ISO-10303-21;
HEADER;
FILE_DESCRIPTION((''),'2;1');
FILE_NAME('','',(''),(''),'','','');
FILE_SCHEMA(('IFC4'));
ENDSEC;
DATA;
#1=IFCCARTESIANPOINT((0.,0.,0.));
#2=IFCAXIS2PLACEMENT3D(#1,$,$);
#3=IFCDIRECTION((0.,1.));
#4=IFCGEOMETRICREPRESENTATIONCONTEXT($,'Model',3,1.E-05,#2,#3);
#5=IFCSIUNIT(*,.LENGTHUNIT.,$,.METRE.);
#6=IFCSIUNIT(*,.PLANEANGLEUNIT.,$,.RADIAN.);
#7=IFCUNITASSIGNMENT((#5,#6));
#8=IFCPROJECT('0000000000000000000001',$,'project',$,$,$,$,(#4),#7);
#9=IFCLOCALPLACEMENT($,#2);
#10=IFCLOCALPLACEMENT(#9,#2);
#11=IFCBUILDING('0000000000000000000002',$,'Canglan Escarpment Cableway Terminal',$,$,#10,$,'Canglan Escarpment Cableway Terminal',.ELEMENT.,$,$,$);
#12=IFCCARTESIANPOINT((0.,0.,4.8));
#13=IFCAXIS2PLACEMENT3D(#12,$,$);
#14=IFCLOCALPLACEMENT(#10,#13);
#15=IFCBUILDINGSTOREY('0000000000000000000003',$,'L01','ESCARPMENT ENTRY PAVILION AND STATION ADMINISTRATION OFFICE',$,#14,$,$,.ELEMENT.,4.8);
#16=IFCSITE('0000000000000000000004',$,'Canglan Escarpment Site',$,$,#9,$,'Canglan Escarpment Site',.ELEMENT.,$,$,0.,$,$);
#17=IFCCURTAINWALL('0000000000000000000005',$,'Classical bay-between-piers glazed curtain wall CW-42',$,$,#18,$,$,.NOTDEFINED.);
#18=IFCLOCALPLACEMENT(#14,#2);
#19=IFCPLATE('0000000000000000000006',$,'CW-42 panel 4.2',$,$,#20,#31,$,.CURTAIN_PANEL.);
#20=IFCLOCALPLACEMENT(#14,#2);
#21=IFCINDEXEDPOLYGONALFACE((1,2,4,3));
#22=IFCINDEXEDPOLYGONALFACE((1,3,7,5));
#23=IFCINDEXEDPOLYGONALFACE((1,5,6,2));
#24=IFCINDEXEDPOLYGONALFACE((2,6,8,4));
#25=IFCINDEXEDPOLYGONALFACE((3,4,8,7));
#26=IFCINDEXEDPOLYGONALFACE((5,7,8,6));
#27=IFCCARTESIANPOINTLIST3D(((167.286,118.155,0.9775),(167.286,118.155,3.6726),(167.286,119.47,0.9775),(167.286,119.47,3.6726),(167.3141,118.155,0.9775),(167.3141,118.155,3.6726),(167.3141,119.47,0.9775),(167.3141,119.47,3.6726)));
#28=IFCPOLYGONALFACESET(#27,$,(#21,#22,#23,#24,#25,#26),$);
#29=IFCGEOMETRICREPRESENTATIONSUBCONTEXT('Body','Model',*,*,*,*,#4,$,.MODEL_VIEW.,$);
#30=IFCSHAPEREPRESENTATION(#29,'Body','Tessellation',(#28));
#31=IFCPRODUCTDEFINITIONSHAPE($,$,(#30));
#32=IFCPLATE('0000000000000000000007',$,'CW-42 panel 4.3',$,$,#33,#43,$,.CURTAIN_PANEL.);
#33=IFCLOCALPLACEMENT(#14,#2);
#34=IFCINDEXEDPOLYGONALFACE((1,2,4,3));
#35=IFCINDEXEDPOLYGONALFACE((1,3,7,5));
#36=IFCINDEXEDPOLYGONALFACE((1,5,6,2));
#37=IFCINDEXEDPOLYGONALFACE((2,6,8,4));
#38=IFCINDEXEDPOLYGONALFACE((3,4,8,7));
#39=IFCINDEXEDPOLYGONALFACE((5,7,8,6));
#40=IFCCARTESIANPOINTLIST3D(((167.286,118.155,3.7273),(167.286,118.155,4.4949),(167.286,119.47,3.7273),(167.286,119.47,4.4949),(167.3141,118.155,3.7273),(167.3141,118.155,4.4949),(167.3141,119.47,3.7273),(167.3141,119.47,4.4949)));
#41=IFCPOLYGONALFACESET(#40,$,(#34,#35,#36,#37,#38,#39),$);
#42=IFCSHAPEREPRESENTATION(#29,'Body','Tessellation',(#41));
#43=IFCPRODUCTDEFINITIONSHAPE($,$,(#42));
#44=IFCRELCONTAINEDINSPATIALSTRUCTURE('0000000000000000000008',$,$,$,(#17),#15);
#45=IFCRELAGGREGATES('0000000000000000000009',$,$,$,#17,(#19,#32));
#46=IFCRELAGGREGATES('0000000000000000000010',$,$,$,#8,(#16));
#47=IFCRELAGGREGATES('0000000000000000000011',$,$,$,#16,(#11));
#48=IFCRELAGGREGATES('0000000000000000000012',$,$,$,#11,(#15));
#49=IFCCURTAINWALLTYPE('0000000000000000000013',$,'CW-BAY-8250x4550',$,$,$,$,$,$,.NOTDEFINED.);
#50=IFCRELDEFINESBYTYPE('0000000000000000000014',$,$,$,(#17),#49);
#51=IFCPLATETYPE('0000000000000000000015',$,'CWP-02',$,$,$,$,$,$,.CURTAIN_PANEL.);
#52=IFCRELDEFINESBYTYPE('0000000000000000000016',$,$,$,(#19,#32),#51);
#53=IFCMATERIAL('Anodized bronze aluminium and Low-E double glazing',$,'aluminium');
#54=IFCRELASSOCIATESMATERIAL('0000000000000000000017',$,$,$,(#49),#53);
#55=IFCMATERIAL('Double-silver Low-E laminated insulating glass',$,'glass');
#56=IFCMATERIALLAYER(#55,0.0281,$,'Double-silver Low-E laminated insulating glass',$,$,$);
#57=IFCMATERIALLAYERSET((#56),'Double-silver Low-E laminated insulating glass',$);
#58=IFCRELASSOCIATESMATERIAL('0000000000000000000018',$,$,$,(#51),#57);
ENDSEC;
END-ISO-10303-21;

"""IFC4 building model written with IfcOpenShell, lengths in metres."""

from ifc_helpers import new_model, si_unit, direction, frame, origin, origin_2d, place, context, subcontext, project, spatial, rectangle, extrude, material, layer, layer_set, type_object, element, aggregate, save


model = new_model("IFC4")

# Units and contexts
model_context = context("Model", 3, precision=1e-05, world=origin(), true_north=direction((0.0, 1.0)))
body_context = subcontext(model_context, "Body", "Model", "MODEL_VIEW")
ifc_project = project(units=[si_unit("LENGTHUNIT", "METRE"), si_unit("PLANEANGLEUNIT", "RADIAN")], contexts=[model_context])

# Site, building, storey
site_placement = place(None, origin())
site = spatial("IfcSite", under=ifc_project, at=site_placement, Name="Canglan Escarpment Site", LongName="Canglan Escarpment Site", CompositionType="ELEMENT", RefElevation=0.0)
building_placement = place(site_placement, origin())
building = spatial("IfcBuilding", under=site, at=building_placement, Name="Canglan Escarpment Cableway Terminal", LongName="Canglan Escarpment Cableway Terminal", CompositionType="ELEMENT")
storey_placement = place(building_placement, frame((0.0, 0.0, 4.8)))
storey = spatial("IfcBuildingStorey", under=building, at=storey_placement, Name="L01", Description="ESCARPMENT ENTRY PAVILION AND STATION ADMINISTRATION OFFICE", CompositionType="ELEMENT", Elevation=4.8)

# Curtain wall, plates
ifc_material_1 = material(Name="Anodized bronze aluminium and Low-E double glazing", Category="aluminium")
curtain_wall_type = type_object("IfcCurtainWallType", Name="CW-BAY-8250x4550", PredefinedType="NOTDEFINED", material=ifc_material_1)
curtain_wall_placement = place(storey_placement, origin())
curtain_wall = element("IfcCurtainWall", 1, at=curtain_wall_placement, inside=storey, type_object=curtain_wall_type, Name="Classical bay-between-piers glazed curtain wall CW-42", PredefinedType="NOTDEFINED")
ifc_material_2 = material(Name="Double-silver Low-E laminated insulating glass", Category="glass")
ifc_layer = layer(ifc_material_2, 0.0281, Name="Double-silver Low-E laminated insulating glass")
ifc_layer_set = layer_set([ifc_layer], Name="Double-silver Low-E laminated insulating glass")
plate_type = type_object("IfcPlateType", Name="CWP-02", PredefinedType="CURTAIN_PANEL", material=ifc_layer_set)
plate_1_placement = place(storey_placement, frame((167.3, 118.8125, 0.9775), z_axis=(0.0, 0.0, 1.0), x_axis=(0.0, -1.0, 0.0)))
plate_1 = element("IfcPlate", 2, at=plate_1_placement, type_object=plate_type, Name="CW-42 panel 4.2", PredefinedType="CURTAIN_PANEL", context=body_context, shape_type="SweptSolid", body=[
    extrude(rectangle(XDim=1.3149, YDim=0.0281, at=origin_2d()), origin(), (0.0, 0.0, 1.0), 2.6951),
])
plate_2_placement = place(storey_placement, frame((167.3, 118.8125, 3.7273), z_axis=(0.0, 0.0, 1.0), x_axis=(0.0, -1.0, 0.0)))
plate_2 = element("IfcPlate", 3, at=plate_2_placement, type_object=plate_type, Name="CW-42 panel 4.3", PredefinedType="CURTAIN_PANEL", context=body_context, shape_type="SweptSolid", body=[
    extrude(rectangle(XDim=1.3149, YDim=0.0281, at=origin_2d()), origin(), (0.0, 0.0, 1.0), 0.7676),
])
aggregate(curtain_wall, [plate_1, plate_2])

save(model, "model.ifc")
